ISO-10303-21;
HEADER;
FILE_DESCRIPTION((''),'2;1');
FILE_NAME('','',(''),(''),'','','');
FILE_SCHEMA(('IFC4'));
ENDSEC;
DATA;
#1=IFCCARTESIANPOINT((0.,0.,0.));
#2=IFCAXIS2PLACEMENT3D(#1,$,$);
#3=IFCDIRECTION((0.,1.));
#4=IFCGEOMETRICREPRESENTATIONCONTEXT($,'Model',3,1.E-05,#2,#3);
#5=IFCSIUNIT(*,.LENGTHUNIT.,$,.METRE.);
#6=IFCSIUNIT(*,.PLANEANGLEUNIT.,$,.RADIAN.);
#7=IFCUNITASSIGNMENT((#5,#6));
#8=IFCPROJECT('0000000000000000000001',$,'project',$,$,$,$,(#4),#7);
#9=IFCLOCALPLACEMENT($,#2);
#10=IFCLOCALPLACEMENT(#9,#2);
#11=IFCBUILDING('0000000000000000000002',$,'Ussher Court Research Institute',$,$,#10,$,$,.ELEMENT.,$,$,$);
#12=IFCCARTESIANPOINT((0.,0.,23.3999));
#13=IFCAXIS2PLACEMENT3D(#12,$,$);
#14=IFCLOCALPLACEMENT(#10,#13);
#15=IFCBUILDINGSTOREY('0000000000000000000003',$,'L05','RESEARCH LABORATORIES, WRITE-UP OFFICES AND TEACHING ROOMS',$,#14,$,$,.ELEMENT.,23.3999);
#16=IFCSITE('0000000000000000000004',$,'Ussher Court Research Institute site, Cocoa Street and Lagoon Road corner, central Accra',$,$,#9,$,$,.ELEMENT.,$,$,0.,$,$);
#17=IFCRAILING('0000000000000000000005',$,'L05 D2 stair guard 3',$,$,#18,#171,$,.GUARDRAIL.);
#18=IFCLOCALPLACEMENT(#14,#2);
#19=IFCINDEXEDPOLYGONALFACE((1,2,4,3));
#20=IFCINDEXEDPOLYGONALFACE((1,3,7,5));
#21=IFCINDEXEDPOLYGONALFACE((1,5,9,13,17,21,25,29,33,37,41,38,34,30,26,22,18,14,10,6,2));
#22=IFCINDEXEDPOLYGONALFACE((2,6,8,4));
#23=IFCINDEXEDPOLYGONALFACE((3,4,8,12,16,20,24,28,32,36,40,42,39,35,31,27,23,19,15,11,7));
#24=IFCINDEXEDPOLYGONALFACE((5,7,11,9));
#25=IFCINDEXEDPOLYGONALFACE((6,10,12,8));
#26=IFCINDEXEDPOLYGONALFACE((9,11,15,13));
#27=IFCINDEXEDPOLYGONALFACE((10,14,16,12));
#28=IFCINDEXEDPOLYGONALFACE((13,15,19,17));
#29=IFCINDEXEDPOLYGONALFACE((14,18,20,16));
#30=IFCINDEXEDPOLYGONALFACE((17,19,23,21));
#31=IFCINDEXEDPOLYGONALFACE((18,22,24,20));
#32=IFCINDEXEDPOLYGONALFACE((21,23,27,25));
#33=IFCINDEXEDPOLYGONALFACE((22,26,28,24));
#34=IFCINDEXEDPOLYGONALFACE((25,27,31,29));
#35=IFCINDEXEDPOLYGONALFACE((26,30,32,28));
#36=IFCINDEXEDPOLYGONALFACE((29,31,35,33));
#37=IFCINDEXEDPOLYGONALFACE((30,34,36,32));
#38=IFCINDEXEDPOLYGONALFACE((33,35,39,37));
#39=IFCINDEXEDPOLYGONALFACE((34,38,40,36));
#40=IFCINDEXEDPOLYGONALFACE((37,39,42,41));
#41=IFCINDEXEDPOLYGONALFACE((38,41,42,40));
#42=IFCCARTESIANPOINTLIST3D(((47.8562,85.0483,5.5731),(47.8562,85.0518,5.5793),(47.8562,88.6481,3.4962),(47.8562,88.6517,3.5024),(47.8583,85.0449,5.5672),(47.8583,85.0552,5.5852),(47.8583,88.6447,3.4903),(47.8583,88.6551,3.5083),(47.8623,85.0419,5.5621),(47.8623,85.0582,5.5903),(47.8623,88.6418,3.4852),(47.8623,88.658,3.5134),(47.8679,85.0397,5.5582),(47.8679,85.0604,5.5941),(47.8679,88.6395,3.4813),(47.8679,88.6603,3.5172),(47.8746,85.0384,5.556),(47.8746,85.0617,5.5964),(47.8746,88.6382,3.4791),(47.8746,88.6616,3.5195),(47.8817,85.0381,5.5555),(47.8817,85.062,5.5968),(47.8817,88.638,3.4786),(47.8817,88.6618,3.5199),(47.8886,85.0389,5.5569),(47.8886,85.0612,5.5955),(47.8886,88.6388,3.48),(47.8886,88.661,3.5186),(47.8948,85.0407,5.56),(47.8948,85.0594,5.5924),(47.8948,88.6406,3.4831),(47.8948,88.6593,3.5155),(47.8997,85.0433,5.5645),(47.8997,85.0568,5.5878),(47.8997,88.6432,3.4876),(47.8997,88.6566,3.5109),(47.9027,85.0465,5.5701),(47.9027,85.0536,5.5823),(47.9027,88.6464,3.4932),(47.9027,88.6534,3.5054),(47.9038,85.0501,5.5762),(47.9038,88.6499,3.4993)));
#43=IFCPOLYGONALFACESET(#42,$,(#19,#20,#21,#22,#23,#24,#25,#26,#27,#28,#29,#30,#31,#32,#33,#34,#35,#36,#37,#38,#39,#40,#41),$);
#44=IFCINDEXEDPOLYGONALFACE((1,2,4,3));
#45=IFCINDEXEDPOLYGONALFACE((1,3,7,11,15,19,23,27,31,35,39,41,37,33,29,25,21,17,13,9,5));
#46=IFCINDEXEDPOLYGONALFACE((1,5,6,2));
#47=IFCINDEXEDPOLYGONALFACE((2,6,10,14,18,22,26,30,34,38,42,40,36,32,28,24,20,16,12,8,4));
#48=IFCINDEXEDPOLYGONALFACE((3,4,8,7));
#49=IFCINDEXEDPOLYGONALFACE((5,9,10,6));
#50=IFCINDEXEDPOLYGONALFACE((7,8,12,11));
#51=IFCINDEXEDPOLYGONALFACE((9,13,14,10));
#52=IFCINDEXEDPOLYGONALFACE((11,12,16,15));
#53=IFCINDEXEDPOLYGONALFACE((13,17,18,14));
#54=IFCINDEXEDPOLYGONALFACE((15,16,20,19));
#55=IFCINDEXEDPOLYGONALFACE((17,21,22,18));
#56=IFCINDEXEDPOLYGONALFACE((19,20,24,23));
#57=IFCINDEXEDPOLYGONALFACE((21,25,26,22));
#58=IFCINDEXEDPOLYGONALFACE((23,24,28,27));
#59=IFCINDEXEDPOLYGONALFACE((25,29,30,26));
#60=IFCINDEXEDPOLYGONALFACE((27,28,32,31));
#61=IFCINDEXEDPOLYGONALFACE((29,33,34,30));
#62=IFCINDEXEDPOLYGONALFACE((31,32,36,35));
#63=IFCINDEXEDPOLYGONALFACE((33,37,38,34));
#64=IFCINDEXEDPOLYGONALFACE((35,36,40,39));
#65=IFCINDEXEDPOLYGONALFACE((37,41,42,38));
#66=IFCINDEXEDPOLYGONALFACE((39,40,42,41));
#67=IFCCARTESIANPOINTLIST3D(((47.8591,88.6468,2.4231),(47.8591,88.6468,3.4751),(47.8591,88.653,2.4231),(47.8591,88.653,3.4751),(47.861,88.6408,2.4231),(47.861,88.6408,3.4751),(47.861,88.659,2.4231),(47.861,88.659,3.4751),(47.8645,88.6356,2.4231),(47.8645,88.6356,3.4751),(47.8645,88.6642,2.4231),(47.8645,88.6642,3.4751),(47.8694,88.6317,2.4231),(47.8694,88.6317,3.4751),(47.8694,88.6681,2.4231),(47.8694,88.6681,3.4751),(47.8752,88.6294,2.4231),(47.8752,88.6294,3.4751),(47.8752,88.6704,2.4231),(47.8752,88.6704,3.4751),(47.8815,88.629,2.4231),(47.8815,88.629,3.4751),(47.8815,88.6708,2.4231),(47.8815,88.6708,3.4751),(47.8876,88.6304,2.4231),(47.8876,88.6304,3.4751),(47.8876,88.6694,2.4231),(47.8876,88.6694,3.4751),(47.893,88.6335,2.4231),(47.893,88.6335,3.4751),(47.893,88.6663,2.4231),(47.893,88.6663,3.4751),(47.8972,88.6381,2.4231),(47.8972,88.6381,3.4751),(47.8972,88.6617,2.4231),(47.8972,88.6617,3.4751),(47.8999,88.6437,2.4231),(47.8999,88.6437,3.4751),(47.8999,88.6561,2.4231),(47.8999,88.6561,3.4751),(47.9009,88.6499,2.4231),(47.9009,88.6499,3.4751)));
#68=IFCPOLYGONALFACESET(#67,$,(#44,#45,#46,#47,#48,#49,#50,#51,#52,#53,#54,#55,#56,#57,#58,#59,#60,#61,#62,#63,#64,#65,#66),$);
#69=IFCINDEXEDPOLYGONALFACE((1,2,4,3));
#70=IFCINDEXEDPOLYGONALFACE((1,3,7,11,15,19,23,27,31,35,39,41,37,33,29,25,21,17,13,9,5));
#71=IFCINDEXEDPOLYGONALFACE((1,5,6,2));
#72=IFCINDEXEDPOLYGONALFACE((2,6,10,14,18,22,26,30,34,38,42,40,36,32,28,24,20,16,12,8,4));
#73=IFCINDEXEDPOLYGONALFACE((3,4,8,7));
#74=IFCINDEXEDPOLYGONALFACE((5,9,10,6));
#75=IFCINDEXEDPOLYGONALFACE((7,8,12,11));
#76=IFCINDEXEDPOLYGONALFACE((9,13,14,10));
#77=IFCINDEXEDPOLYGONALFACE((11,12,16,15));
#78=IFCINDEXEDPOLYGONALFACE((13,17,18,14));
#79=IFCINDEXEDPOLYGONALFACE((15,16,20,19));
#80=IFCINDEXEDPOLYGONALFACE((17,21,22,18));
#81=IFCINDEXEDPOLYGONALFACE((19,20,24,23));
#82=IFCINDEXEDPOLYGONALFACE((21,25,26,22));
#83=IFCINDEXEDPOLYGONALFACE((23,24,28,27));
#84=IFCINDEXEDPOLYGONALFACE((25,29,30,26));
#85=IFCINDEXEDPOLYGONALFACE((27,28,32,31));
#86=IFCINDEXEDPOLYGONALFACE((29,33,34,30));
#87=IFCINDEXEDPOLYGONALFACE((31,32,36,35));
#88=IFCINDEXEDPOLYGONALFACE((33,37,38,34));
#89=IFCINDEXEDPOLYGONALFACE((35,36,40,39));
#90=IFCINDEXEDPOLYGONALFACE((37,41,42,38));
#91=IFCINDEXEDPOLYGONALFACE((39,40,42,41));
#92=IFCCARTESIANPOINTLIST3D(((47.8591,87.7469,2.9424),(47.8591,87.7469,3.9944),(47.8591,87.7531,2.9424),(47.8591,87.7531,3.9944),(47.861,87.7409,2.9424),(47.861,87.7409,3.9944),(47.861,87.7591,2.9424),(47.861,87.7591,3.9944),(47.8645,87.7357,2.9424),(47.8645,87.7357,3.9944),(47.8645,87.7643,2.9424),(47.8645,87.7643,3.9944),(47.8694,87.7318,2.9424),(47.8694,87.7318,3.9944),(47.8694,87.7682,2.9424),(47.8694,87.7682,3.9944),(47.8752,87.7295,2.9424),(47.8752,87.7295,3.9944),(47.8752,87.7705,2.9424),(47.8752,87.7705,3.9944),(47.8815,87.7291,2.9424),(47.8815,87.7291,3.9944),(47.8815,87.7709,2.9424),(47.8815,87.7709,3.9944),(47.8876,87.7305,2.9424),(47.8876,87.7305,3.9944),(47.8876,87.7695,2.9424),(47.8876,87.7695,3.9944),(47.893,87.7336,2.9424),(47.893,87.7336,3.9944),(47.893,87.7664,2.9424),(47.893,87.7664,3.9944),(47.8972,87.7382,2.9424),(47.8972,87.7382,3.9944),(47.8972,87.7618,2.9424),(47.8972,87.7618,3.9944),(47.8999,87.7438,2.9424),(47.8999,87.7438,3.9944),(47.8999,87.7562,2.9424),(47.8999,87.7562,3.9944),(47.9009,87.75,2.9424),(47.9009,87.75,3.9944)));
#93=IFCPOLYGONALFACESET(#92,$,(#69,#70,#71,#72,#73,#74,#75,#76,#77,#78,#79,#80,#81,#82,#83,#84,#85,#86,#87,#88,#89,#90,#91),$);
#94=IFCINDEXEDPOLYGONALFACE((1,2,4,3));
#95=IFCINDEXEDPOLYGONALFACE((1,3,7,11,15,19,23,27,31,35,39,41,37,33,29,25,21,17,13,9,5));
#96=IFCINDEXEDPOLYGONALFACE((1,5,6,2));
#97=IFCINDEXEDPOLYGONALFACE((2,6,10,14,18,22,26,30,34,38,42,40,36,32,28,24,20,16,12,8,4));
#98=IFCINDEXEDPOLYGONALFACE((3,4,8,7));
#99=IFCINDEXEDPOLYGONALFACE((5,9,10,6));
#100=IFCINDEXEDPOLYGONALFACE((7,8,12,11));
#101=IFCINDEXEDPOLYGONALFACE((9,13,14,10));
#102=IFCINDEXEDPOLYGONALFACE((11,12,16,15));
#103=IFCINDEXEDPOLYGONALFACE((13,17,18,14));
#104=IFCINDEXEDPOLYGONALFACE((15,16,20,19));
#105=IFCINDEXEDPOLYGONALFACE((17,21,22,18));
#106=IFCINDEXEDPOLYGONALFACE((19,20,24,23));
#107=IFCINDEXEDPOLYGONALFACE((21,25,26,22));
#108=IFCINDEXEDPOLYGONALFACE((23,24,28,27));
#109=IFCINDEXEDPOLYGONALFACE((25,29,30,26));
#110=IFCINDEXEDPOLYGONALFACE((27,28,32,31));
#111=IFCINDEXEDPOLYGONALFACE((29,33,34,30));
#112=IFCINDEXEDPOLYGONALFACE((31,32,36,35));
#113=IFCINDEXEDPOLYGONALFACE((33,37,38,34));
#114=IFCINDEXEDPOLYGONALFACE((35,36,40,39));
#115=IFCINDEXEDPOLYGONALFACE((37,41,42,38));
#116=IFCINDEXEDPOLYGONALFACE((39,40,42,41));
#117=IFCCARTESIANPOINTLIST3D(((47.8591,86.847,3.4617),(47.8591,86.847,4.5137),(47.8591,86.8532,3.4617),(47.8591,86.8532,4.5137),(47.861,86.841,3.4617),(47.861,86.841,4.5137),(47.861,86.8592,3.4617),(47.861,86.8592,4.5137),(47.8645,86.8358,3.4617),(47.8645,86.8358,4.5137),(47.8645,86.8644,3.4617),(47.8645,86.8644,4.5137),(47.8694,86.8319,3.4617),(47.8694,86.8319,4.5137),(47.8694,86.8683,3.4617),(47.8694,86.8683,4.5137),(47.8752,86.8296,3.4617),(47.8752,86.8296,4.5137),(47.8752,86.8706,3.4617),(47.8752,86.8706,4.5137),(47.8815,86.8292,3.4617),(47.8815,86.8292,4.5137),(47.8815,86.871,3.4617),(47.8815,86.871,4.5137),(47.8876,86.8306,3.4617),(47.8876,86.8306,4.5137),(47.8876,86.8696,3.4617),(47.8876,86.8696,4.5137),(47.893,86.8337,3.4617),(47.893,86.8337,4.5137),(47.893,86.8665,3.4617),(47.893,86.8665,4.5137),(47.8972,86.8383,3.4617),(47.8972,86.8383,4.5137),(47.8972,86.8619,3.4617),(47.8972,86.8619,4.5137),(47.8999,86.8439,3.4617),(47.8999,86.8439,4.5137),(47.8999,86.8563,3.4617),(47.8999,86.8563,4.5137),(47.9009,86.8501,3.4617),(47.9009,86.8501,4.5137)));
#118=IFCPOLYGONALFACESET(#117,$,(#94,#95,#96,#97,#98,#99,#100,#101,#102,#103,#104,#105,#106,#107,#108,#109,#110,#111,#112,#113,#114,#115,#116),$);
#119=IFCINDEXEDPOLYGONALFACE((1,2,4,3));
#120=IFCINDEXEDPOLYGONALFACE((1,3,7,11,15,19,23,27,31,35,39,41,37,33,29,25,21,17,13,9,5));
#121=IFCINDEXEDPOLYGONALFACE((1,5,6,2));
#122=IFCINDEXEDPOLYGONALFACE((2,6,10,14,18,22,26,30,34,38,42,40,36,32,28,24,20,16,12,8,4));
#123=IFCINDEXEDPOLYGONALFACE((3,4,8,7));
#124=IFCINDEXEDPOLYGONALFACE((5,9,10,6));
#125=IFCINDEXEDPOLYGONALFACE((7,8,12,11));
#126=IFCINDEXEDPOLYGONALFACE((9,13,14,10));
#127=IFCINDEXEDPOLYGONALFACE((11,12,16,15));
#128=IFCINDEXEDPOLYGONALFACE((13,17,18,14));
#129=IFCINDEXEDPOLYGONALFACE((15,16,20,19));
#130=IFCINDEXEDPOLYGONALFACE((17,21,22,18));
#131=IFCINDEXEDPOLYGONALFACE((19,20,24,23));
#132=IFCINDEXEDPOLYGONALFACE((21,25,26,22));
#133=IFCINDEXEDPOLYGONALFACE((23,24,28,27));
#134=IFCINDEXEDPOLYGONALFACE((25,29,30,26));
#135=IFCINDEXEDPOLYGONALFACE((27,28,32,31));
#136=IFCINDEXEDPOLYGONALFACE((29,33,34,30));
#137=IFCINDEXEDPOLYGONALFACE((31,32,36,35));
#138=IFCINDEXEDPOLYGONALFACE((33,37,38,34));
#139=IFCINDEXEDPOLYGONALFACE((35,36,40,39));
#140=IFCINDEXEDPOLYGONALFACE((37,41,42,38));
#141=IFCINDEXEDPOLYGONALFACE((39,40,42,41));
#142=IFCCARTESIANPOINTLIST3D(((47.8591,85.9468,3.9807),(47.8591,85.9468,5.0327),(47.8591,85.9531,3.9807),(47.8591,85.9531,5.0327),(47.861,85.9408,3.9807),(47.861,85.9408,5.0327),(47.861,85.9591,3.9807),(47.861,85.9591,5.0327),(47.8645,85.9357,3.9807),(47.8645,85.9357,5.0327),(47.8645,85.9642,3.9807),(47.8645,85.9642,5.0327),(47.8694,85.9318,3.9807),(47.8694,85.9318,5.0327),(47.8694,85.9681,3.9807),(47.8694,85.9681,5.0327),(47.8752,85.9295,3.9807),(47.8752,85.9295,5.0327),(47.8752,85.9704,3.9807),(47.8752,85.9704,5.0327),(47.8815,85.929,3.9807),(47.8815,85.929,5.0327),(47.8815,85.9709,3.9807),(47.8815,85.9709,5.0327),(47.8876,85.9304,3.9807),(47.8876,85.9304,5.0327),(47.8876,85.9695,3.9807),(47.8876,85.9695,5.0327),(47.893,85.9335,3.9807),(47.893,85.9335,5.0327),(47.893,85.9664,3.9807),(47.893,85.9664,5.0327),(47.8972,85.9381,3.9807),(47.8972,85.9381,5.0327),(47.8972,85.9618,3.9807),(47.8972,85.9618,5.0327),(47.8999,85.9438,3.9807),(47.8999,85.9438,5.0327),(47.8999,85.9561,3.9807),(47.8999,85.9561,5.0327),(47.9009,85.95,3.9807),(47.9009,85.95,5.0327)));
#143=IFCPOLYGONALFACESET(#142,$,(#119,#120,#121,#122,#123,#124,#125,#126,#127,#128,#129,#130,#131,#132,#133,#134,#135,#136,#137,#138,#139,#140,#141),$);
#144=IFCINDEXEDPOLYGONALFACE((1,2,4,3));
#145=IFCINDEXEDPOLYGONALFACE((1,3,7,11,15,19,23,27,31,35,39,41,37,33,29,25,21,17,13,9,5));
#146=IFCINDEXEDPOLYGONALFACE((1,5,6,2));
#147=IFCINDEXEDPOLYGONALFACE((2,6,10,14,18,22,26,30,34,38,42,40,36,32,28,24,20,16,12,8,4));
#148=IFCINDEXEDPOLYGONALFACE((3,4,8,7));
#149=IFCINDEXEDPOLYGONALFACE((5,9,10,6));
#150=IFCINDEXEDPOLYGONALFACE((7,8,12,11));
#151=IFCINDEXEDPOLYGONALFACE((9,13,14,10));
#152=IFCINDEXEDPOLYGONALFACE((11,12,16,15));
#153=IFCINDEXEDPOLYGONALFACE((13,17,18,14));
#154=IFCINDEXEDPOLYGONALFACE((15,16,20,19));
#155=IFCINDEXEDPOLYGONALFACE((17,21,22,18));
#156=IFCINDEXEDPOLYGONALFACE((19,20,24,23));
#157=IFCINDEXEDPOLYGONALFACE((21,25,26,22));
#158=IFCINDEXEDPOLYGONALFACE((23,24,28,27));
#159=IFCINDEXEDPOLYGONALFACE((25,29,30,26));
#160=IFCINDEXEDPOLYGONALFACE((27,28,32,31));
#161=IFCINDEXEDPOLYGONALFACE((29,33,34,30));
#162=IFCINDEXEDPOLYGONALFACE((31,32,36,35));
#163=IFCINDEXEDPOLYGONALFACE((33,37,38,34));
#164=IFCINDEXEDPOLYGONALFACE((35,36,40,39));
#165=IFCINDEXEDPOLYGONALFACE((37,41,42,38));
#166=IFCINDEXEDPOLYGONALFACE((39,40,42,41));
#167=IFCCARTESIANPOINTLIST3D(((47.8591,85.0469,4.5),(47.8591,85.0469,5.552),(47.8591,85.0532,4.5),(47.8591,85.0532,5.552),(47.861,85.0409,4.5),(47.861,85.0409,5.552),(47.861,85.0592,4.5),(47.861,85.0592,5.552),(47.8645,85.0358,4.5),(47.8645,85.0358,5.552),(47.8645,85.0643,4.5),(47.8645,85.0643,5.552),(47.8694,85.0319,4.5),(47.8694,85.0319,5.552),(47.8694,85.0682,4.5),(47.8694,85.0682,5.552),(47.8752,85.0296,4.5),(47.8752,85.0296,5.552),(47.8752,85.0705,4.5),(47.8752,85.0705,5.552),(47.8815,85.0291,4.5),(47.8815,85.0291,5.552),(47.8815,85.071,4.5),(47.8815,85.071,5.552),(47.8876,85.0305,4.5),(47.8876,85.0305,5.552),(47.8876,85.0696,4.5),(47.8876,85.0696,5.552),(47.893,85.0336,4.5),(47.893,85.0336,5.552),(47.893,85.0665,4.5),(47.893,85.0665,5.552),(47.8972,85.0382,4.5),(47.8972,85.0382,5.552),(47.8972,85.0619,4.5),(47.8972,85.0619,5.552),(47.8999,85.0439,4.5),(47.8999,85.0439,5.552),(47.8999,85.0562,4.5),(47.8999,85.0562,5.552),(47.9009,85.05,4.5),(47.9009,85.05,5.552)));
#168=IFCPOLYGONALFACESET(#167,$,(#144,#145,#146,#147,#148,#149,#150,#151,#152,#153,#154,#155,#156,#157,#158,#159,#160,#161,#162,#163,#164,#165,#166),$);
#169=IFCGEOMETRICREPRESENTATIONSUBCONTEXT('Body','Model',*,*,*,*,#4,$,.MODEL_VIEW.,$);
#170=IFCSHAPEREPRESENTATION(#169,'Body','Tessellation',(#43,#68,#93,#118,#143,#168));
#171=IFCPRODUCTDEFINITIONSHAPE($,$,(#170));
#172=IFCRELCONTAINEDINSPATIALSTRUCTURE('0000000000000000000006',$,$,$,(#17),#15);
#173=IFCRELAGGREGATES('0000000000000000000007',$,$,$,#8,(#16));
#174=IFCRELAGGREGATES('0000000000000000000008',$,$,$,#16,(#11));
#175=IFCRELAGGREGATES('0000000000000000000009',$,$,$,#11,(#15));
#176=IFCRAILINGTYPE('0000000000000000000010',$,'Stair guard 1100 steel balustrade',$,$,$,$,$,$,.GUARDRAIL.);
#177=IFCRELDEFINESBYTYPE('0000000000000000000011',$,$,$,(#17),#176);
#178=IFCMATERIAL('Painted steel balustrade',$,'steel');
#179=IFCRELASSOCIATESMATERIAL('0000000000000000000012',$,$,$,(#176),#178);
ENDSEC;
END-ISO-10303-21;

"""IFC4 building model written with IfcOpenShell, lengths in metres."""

from ifc_helpers import new_model, si_unit, direction, frame, origin, origin_2d, place, context, subcontext, project, spatial, circle, extrude, material, type_object, element, save


model = new_model("IFC4")

# Units and contexts
model_context = context("Model", 3, precision=1e-05, world=origin(), true_north=direction((0.0, 1.0)))
body_context = subcontext(model_context, "Body", "Model", "MODEL_VIEW")
ifc_project = project(units=[si_unit("LENGTHUNIT", "METRE"), si_unit("PLANEANGLEUNIT", "RADIAN")], contexts=[model_context])

# Site, building, storey
site_placement = place(None, origin())
site = spatial("IfcSite", under=ifc_project, at=site_placement, Name="Ussher Court Research Institute site, Cocoa Street and Lagoon Road corner, central Accra", CompositionType="ELEMENT", RefElevation=0.0)
building_placement = place(site_placement, origin())
building = spatial("IfcBuilding", under=site, at=building_placement, Name="Ussher Court Research Institute", CompositionType="ELEMENT")
storey_placement = place(building_placement, frame((0.0, 0.0, 23.3999)))
storey = spatial("IfcBuildingStorey", under=building, at=storey_placement, Name="L05", Description="RESEARCH LABORATORIES, WRITE-UP OFFICES AND TEACHING ROOMS", CompositionType="ELEMENT", Elevation=23.3999)

# Railing
ifc_material_1 = material(Name="Painted steel balustrade", Category="steel")
railing_type_1 = type_object("IfcRailingType", Name="Stair guard 1100 steel balustrade", PredefinedType="GUARDRAIL", material=ifc_material_1)
railing_1_placement = place(storey_placement, frame((47.8799, 88.6499, 2.4231)))
element("IfcRailing", 1, at=railing_1_placement, inside=storey, type_object=railing_type_1, Name="L05 D2 stair guard 3", PredefinedType="GUARDRAIL", context=body_context, shape_type="SweptSolid", body=[
    extrude(circle(Radius=0.0239, at=origin_2d()), frame((0.0, 0.0, 1.0762), z_axis=(0.0, -0.866179, 0.499734), x_axis=(1.0, 0.0, 0.0)), (0.0, 0.0, 1.0), 4.156),
    extrude(circle(Radius=0.021, at=origin_2d()), origin(), (0.0, 0.0, 1.0), 1.052),
    extrude(circle(Radius=0.021, at=origin_2d()), frame((0.0, -0.8999, 0.5193)), (0.0, 0.0, 1.0), 1.052),
    extrude(circle(Radius=0.021, at=origin_2d()), frame((0.0, -1.7998, 1.0386)), (0.0, 0.0, 1.0), 1.052),
    extrude(circle(Radius=0.021, at=origin_2d()), frame((0.0, -2.7, 1.5576)), (0.0, 0.0, 1.0), 1.052),
    extrude(circle(Radius=0.021, at=origin_2d()), frame((0.0, -3.5999, 2.0769)), (0.0, 0.0, 1.0), 1.052),
])

save(model, "model.ifc")
